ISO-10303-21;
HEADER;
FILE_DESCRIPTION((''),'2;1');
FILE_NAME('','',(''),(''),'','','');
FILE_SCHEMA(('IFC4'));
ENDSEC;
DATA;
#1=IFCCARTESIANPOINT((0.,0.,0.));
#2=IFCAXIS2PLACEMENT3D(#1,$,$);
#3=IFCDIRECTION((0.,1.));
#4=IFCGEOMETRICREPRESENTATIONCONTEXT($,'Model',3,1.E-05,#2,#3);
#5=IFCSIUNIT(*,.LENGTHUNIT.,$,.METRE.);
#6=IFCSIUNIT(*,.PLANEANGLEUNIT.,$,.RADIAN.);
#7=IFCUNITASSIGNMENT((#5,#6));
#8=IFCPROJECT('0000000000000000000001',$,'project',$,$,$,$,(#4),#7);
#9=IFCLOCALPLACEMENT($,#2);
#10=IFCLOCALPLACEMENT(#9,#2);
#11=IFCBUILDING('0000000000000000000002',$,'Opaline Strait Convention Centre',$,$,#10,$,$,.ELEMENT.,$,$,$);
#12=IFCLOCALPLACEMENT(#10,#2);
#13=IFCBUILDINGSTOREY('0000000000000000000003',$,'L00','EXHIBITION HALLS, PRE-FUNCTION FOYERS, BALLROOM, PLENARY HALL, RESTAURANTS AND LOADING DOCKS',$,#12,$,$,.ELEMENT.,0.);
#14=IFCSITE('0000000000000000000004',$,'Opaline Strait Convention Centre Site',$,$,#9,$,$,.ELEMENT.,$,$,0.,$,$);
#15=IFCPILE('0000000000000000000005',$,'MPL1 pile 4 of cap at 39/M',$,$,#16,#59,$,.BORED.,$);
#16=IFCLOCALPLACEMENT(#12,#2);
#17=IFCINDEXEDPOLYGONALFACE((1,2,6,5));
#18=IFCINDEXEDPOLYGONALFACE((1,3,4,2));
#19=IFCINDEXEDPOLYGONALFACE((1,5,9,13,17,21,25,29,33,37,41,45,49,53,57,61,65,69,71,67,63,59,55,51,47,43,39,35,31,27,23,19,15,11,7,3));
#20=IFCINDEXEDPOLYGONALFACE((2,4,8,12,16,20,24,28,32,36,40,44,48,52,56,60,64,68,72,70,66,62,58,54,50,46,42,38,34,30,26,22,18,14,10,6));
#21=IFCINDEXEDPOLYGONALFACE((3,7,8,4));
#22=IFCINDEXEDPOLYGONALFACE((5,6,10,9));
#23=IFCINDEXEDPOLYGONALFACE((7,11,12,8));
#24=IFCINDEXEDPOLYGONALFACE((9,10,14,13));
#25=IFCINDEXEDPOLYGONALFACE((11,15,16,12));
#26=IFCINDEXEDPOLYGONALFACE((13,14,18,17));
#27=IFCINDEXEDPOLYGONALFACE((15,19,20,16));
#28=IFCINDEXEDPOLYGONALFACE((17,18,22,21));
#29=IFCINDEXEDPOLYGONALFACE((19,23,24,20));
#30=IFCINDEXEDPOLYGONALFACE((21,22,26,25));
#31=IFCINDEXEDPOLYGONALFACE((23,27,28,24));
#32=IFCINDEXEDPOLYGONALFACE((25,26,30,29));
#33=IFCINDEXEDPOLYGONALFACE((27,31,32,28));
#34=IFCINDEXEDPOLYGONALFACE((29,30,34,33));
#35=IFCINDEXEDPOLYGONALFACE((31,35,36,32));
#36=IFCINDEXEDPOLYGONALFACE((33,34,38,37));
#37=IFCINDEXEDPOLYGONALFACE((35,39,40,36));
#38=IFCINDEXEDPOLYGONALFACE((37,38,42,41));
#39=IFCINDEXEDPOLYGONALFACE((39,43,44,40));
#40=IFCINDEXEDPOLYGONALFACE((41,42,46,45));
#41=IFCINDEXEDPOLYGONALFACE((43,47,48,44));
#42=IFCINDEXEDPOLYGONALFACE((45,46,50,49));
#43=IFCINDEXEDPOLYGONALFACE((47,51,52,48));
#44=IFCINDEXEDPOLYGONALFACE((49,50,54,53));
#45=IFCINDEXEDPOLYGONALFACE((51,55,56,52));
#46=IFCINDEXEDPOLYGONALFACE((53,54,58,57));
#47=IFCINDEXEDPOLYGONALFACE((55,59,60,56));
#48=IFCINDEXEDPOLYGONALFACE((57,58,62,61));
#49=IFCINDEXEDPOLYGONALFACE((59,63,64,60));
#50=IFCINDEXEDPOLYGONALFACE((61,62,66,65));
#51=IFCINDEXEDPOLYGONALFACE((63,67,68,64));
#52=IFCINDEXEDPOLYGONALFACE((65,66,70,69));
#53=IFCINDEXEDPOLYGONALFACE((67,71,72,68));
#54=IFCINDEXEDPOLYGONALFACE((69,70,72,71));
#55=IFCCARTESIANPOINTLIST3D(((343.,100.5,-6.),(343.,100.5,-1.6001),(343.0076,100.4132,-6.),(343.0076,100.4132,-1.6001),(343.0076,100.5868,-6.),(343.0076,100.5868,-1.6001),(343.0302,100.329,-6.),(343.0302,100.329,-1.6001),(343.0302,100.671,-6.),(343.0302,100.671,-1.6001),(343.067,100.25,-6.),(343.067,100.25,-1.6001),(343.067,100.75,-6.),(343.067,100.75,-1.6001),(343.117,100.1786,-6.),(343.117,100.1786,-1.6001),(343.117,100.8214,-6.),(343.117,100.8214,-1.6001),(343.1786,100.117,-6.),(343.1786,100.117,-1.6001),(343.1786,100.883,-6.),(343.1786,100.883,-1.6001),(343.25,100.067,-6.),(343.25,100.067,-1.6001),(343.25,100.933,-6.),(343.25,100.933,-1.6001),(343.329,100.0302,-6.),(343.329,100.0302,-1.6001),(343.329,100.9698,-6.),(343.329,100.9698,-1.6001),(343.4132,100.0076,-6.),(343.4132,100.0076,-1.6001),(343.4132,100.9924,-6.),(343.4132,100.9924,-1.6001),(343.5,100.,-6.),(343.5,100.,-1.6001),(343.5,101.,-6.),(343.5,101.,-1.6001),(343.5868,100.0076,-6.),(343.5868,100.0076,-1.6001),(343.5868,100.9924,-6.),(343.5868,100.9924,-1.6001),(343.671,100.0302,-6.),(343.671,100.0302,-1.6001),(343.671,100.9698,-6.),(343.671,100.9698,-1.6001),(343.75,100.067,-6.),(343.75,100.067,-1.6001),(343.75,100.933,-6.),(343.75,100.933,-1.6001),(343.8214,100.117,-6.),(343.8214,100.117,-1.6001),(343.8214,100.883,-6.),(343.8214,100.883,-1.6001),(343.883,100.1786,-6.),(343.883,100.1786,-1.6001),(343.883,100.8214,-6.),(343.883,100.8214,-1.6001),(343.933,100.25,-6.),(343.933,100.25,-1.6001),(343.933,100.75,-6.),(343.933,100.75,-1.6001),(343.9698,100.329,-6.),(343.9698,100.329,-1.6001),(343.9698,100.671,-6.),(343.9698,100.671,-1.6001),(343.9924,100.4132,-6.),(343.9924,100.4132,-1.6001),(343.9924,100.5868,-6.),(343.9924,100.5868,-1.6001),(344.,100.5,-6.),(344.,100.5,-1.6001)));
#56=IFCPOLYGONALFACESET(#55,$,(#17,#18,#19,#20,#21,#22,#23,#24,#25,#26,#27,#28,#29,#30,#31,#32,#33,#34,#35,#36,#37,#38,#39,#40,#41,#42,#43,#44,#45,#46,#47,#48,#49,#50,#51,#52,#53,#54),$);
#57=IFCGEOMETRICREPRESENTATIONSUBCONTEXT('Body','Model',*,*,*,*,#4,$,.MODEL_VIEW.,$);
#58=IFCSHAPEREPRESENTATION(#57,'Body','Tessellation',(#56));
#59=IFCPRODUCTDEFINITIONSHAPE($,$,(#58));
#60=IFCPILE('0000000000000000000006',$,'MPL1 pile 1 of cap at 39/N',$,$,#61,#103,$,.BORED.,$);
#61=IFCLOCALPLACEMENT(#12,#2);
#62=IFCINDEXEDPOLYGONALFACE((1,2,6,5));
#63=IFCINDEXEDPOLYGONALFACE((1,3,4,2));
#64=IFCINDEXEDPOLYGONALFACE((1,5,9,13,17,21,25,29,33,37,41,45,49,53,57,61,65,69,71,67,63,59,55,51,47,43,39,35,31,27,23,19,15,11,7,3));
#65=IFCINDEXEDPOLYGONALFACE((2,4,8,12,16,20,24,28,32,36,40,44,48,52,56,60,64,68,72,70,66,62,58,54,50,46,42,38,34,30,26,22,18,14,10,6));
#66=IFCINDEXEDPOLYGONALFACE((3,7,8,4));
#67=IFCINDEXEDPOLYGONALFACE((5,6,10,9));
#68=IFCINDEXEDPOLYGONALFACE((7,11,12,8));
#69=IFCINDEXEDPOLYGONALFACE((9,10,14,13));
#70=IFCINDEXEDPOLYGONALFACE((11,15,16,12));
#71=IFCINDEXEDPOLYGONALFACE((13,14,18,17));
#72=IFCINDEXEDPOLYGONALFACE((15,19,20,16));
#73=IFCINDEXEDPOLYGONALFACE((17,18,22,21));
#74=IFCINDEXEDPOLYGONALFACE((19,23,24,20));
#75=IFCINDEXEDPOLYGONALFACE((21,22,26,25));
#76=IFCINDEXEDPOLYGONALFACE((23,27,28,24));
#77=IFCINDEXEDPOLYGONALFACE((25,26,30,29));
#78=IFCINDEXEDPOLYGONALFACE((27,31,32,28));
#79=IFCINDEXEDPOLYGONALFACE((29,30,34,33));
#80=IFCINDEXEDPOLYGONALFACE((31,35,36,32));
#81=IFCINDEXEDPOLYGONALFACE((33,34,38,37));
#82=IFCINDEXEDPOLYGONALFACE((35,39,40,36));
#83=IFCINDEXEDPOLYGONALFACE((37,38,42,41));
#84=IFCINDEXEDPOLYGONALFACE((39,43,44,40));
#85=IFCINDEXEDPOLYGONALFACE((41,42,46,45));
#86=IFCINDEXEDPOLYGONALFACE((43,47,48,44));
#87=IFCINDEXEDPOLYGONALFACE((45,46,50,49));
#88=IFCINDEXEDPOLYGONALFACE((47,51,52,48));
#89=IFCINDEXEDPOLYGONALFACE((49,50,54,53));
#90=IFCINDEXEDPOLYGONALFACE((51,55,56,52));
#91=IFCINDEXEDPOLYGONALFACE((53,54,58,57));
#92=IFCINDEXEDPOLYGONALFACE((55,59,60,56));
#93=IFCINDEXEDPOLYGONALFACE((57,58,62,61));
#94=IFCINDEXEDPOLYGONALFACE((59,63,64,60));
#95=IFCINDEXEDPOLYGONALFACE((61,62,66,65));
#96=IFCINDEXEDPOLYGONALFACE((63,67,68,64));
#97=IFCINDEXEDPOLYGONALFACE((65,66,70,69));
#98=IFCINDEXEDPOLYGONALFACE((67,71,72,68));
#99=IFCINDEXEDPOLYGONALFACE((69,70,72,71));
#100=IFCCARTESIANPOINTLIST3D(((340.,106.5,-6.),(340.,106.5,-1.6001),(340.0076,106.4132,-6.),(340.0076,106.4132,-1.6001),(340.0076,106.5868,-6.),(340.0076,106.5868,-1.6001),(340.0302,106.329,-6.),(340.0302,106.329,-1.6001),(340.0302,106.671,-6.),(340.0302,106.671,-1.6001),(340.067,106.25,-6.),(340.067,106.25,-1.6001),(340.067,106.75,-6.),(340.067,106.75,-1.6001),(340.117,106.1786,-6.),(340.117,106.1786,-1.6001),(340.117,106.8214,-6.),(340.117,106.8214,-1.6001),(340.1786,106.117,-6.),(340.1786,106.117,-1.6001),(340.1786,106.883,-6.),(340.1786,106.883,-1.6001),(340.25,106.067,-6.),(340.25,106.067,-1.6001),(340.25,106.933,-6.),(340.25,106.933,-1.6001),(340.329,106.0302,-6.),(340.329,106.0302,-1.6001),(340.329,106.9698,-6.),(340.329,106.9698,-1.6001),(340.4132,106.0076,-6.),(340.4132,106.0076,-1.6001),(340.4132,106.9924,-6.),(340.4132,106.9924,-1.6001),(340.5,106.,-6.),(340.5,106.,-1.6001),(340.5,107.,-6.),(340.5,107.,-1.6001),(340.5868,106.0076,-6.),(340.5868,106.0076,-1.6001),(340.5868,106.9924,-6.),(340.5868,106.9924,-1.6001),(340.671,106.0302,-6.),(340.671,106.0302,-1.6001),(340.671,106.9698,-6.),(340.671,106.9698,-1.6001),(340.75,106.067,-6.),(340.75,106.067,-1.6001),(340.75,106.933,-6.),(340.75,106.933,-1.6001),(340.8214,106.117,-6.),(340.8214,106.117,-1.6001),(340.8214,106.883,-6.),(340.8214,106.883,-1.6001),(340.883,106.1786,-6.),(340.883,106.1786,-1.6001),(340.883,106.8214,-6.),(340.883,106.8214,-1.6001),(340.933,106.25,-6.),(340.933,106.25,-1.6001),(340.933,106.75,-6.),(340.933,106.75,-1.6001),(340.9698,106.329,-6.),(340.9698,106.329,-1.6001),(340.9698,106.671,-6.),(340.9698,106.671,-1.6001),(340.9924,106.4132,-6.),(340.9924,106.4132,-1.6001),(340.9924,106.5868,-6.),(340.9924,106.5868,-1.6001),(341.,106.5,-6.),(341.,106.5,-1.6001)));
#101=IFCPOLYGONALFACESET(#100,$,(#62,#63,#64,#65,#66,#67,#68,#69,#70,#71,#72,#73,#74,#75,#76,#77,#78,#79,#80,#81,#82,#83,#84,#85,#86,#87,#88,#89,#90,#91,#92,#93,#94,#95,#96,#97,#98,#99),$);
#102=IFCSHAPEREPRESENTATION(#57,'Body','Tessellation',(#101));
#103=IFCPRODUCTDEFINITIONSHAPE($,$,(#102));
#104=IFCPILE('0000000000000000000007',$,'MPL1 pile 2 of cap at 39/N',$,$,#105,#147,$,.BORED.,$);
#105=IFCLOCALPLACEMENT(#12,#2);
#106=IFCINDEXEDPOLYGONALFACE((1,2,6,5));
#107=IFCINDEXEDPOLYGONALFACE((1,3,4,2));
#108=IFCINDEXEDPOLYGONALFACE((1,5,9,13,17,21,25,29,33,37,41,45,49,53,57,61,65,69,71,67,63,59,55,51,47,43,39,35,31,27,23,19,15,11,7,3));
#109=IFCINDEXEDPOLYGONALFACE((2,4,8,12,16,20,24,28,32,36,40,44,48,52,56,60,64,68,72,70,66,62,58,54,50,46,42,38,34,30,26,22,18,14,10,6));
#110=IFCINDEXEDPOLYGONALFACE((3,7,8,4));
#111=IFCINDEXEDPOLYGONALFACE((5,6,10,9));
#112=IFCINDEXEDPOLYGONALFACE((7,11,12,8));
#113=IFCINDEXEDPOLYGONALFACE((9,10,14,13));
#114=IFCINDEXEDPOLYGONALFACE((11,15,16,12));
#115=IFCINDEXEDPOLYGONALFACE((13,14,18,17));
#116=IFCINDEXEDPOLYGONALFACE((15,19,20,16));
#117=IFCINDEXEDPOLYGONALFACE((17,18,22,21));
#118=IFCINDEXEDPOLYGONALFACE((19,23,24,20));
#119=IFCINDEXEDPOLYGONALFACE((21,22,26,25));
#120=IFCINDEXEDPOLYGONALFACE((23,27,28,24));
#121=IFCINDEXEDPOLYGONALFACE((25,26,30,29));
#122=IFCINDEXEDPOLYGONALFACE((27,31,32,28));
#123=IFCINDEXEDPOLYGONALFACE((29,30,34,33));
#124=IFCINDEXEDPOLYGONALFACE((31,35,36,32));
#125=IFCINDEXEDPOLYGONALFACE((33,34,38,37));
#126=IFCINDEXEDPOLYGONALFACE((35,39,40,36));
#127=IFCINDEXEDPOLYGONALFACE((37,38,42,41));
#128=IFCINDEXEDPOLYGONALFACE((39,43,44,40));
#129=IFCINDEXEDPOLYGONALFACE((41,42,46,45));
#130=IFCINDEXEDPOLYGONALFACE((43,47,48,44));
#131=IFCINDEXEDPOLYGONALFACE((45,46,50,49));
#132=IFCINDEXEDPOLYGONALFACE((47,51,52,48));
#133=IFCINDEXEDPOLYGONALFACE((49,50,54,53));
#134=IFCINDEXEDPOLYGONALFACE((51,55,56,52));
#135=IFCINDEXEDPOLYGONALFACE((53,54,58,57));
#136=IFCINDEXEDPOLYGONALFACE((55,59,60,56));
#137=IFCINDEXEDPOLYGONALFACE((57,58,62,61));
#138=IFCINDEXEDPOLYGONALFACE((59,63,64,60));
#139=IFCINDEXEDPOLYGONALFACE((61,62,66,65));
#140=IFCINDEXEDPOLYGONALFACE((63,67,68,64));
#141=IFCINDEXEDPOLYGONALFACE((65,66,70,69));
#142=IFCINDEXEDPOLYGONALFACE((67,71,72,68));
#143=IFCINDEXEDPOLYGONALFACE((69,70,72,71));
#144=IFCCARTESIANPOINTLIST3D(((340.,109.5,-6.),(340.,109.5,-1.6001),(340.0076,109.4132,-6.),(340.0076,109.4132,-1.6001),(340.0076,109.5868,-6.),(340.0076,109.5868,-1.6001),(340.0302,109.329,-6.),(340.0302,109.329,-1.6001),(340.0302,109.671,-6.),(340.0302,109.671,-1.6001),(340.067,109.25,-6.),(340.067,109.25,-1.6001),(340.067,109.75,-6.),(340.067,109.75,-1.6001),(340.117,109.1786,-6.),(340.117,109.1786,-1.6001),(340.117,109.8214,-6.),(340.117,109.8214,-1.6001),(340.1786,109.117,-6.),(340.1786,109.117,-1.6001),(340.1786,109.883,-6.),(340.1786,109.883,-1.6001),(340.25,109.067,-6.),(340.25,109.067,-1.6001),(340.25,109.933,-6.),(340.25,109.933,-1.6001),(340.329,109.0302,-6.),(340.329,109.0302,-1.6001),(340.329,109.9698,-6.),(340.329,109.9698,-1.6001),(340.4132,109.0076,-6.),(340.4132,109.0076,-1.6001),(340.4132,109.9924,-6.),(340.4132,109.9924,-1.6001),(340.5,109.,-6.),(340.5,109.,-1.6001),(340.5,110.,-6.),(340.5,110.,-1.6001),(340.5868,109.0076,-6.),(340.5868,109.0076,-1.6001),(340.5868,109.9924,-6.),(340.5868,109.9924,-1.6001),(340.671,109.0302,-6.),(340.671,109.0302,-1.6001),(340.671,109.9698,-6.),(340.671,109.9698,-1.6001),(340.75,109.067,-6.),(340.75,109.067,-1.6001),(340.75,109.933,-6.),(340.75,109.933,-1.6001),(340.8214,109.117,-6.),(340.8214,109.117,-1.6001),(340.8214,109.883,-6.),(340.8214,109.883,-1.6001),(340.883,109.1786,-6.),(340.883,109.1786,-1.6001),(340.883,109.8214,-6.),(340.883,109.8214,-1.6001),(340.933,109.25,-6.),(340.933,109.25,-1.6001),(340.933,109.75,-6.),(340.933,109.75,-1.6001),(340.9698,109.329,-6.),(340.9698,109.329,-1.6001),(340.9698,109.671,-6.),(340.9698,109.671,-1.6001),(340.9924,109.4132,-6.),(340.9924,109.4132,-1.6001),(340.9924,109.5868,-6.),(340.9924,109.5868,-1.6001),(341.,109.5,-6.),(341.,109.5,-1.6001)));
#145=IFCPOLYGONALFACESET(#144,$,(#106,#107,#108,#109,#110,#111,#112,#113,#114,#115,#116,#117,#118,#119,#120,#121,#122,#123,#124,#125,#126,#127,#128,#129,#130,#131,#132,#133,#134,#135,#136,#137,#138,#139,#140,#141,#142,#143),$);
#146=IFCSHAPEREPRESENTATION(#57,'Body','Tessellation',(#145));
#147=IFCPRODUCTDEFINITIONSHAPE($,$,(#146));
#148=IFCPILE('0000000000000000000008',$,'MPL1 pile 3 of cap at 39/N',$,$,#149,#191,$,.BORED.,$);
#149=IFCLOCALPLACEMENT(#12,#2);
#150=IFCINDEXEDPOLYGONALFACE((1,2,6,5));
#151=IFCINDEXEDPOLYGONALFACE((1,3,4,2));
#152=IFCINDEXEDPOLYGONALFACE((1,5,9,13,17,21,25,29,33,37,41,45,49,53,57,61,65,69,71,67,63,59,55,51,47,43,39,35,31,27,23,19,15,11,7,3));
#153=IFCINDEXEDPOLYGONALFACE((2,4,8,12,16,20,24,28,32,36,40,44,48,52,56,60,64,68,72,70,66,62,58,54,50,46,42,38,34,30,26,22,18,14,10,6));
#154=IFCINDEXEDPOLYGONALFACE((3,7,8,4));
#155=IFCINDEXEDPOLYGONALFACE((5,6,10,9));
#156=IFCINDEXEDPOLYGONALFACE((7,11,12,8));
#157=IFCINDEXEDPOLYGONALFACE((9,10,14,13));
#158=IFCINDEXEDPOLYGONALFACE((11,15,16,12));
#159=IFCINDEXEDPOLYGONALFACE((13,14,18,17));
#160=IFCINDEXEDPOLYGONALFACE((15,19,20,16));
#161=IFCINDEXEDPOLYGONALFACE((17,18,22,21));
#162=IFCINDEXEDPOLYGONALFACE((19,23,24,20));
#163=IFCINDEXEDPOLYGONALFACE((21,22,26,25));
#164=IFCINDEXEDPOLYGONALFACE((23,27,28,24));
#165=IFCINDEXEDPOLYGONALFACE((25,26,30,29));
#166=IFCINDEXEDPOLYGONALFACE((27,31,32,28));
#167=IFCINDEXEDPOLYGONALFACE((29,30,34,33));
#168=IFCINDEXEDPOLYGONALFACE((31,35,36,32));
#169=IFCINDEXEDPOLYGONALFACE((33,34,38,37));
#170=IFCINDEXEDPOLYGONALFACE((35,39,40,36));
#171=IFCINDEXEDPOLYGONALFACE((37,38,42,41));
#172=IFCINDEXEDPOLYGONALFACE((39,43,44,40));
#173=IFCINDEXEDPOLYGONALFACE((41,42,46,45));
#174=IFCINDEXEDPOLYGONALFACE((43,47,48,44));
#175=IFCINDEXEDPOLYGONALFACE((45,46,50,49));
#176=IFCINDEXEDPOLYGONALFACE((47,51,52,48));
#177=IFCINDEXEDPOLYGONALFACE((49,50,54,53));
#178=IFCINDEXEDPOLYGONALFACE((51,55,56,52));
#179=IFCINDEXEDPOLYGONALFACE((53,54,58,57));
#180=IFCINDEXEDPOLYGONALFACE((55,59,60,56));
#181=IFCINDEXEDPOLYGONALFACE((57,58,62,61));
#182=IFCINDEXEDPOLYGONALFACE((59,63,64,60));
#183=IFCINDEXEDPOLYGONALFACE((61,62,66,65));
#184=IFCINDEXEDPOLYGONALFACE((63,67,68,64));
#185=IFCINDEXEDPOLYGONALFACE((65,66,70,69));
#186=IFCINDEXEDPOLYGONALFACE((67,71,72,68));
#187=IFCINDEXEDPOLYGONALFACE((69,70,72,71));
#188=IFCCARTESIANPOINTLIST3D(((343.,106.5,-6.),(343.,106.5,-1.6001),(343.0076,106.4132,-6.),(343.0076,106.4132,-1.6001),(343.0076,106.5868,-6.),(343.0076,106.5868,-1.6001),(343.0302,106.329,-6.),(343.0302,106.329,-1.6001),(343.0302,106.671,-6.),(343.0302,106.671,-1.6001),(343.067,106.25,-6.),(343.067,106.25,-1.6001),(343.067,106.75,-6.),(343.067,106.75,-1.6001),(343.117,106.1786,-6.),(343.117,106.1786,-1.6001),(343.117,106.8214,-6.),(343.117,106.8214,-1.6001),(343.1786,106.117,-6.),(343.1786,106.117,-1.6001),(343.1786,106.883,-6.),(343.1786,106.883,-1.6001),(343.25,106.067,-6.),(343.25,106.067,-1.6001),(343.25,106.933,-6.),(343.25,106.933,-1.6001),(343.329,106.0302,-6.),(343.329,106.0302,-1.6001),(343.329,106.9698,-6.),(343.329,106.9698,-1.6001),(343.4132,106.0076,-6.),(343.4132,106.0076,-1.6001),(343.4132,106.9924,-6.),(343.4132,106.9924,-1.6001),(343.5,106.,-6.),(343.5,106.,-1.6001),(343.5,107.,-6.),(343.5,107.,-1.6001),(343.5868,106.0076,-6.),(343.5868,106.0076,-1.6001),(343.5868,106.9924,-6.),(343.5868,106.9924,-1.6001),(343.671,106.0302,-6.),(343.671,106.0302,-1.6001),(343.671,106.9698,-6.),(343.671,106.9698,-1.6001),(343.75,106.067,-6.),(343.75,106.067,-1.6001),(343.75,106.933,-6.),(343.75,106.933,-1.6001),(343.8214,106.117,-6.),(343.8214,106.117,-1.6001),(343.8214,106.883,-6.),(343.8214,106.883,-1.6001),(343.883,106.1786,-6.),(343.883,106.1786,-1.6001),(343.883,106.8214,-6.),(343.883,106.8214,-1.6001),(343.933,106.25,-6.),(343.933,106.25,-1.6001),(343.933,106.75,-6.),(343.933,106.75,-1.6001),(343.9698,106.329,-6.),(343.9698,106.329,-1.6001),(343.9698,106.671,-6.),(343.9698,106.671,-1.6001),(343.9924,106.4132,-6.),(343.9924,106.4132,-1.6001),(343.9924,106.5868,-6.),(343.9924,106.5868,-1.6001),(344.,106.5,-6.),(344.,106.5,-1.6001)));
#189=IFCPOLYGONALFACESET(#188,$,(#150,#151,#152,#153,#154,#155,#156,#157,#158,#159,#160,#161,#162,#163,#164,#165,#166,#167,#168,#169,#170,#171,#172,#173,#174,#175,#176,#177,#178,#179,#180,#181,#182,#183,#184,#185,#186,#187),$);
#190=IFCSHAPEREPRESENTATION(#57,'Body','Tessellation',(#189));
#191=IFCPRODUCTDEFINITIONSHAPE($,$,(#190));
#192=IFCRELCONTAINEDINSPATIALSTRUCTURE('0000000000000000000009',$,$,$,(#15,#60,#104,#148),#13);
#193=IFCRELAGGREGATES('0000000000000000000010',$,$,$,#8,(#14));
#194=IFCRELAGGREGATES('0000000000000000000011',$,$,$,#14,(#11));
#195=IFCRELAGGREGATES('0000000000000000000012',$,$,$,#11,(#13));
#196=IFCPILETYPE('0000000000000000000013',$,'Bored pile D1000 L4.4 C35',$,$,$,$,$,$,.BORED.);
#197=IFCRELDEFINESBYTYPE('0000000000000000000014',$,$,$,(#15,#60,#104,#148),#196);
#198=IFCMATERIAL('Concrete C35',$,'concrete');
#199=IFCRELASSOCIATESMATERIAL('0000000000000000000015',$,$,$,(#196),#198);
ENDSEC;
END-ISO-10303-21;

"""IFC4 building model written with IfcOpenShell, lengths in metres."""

from ifc_helpers import new_model, si_unit, direction, frame, origin, origin_2d, place, context, subcontext, project, spatial, circle, extrude, material, material_profile, profile_set, type_object, element, save


model = new_model("IFC4")

# Units and contexts
model_context = context("Model", 3, precision=1e-05, world=origin(), true_north=direction((0.0, 1.0)))
body_context = subcontext(model_context, "Body", "Model", "MODEL_VIEW")
ifc_project = project(units=[si_unit("LENGTHUNIT", "METRE"), si_unit("PLANEANGLEUNIT", "RADIAN")], contexts=[model_context])

# Site, building, storey
site_placement = place(None, origin())
site = spatial("IfcSite", under=ifc_project, at=site_placement, Name="Opaline Strait Convention Centre Site", CompositionType="ELEMENT", RefElevation=0.0)
building_placement = place(site_placement, origin())
building = spatial("IfcBuilding", under=site, at=building_placement, Name="Opaline Strait Convention Centre", CompositionType="ELEMENT")
storey_placement = place(building_placement, origin())
storey = spatial("IfcBuildingStorey", under=building, at=storey_placement, Name="L00", Description="EXHIBITION HALLS, PRE-FUNCTION FOYERS, BALLROOM, PLENARY HALL, RESTAURANTS AND LOADING DOCKS", CompositionType="ELEMENT", Elevation=0.0)

# Piles
ifc_material_1 = material(Name="Concrete C35", Category="concrete")
ifc_material_profile_1 = material_profile(ifc_material_1, circle(Radius=0.5, at=origin_2d()), Name="D1000")
ifc_profile_set_1 = profile_set([ifc_material_profile_1], Name="Concrete C35")
pile_type = type_object("IfcPileType", Name="Bored pile D1000 L4.4 C35", PredefinedType="BORED", material=ifc_profile_set_1)
for number, where, z_axis, x_axis, name in (
    (1, (343.5, 100.5, -1.6001), (0.0, 0.0, -1.0), (1.0, 0.0, 0.0), "MPL1 pile 4 of cap at 39/M"),
    (2, (340.5, 106.5, -1.6001), (0.0, 0.0, -1.0), (1.0, 0.0, 0.0), "MPL1 pile 1 of cap at 39/N"),
    (3, (340.5, 109.5, -1.6001), (0.0, 0.0, -1.0), (1.0, 0.0, 0.0), "MPL1 pile 2 of cap at 39/N"),
    (4, (343.5, 106.5, -1.6001), (0.0, 0.0, -1.0), (1.0, 0.0, 0.0), "MPL1 pile 3 of cap at 39/N"),
):
    element("IfcPile", number, at=place(storey_placement, frame(where, z_axis=z_axis, x_axis=x_axis)), inside=storey, type_object=pile_type, Name=name, PredefinedType="BORED", context=body_context, shape_type="SweptSolid", body=[
        extrude(circle(Radius=0.5, at=origin_2d()), origin(), (0.0, 0.0, 1.0), 4.3999),
    ])

save(model, "model.ifc")
